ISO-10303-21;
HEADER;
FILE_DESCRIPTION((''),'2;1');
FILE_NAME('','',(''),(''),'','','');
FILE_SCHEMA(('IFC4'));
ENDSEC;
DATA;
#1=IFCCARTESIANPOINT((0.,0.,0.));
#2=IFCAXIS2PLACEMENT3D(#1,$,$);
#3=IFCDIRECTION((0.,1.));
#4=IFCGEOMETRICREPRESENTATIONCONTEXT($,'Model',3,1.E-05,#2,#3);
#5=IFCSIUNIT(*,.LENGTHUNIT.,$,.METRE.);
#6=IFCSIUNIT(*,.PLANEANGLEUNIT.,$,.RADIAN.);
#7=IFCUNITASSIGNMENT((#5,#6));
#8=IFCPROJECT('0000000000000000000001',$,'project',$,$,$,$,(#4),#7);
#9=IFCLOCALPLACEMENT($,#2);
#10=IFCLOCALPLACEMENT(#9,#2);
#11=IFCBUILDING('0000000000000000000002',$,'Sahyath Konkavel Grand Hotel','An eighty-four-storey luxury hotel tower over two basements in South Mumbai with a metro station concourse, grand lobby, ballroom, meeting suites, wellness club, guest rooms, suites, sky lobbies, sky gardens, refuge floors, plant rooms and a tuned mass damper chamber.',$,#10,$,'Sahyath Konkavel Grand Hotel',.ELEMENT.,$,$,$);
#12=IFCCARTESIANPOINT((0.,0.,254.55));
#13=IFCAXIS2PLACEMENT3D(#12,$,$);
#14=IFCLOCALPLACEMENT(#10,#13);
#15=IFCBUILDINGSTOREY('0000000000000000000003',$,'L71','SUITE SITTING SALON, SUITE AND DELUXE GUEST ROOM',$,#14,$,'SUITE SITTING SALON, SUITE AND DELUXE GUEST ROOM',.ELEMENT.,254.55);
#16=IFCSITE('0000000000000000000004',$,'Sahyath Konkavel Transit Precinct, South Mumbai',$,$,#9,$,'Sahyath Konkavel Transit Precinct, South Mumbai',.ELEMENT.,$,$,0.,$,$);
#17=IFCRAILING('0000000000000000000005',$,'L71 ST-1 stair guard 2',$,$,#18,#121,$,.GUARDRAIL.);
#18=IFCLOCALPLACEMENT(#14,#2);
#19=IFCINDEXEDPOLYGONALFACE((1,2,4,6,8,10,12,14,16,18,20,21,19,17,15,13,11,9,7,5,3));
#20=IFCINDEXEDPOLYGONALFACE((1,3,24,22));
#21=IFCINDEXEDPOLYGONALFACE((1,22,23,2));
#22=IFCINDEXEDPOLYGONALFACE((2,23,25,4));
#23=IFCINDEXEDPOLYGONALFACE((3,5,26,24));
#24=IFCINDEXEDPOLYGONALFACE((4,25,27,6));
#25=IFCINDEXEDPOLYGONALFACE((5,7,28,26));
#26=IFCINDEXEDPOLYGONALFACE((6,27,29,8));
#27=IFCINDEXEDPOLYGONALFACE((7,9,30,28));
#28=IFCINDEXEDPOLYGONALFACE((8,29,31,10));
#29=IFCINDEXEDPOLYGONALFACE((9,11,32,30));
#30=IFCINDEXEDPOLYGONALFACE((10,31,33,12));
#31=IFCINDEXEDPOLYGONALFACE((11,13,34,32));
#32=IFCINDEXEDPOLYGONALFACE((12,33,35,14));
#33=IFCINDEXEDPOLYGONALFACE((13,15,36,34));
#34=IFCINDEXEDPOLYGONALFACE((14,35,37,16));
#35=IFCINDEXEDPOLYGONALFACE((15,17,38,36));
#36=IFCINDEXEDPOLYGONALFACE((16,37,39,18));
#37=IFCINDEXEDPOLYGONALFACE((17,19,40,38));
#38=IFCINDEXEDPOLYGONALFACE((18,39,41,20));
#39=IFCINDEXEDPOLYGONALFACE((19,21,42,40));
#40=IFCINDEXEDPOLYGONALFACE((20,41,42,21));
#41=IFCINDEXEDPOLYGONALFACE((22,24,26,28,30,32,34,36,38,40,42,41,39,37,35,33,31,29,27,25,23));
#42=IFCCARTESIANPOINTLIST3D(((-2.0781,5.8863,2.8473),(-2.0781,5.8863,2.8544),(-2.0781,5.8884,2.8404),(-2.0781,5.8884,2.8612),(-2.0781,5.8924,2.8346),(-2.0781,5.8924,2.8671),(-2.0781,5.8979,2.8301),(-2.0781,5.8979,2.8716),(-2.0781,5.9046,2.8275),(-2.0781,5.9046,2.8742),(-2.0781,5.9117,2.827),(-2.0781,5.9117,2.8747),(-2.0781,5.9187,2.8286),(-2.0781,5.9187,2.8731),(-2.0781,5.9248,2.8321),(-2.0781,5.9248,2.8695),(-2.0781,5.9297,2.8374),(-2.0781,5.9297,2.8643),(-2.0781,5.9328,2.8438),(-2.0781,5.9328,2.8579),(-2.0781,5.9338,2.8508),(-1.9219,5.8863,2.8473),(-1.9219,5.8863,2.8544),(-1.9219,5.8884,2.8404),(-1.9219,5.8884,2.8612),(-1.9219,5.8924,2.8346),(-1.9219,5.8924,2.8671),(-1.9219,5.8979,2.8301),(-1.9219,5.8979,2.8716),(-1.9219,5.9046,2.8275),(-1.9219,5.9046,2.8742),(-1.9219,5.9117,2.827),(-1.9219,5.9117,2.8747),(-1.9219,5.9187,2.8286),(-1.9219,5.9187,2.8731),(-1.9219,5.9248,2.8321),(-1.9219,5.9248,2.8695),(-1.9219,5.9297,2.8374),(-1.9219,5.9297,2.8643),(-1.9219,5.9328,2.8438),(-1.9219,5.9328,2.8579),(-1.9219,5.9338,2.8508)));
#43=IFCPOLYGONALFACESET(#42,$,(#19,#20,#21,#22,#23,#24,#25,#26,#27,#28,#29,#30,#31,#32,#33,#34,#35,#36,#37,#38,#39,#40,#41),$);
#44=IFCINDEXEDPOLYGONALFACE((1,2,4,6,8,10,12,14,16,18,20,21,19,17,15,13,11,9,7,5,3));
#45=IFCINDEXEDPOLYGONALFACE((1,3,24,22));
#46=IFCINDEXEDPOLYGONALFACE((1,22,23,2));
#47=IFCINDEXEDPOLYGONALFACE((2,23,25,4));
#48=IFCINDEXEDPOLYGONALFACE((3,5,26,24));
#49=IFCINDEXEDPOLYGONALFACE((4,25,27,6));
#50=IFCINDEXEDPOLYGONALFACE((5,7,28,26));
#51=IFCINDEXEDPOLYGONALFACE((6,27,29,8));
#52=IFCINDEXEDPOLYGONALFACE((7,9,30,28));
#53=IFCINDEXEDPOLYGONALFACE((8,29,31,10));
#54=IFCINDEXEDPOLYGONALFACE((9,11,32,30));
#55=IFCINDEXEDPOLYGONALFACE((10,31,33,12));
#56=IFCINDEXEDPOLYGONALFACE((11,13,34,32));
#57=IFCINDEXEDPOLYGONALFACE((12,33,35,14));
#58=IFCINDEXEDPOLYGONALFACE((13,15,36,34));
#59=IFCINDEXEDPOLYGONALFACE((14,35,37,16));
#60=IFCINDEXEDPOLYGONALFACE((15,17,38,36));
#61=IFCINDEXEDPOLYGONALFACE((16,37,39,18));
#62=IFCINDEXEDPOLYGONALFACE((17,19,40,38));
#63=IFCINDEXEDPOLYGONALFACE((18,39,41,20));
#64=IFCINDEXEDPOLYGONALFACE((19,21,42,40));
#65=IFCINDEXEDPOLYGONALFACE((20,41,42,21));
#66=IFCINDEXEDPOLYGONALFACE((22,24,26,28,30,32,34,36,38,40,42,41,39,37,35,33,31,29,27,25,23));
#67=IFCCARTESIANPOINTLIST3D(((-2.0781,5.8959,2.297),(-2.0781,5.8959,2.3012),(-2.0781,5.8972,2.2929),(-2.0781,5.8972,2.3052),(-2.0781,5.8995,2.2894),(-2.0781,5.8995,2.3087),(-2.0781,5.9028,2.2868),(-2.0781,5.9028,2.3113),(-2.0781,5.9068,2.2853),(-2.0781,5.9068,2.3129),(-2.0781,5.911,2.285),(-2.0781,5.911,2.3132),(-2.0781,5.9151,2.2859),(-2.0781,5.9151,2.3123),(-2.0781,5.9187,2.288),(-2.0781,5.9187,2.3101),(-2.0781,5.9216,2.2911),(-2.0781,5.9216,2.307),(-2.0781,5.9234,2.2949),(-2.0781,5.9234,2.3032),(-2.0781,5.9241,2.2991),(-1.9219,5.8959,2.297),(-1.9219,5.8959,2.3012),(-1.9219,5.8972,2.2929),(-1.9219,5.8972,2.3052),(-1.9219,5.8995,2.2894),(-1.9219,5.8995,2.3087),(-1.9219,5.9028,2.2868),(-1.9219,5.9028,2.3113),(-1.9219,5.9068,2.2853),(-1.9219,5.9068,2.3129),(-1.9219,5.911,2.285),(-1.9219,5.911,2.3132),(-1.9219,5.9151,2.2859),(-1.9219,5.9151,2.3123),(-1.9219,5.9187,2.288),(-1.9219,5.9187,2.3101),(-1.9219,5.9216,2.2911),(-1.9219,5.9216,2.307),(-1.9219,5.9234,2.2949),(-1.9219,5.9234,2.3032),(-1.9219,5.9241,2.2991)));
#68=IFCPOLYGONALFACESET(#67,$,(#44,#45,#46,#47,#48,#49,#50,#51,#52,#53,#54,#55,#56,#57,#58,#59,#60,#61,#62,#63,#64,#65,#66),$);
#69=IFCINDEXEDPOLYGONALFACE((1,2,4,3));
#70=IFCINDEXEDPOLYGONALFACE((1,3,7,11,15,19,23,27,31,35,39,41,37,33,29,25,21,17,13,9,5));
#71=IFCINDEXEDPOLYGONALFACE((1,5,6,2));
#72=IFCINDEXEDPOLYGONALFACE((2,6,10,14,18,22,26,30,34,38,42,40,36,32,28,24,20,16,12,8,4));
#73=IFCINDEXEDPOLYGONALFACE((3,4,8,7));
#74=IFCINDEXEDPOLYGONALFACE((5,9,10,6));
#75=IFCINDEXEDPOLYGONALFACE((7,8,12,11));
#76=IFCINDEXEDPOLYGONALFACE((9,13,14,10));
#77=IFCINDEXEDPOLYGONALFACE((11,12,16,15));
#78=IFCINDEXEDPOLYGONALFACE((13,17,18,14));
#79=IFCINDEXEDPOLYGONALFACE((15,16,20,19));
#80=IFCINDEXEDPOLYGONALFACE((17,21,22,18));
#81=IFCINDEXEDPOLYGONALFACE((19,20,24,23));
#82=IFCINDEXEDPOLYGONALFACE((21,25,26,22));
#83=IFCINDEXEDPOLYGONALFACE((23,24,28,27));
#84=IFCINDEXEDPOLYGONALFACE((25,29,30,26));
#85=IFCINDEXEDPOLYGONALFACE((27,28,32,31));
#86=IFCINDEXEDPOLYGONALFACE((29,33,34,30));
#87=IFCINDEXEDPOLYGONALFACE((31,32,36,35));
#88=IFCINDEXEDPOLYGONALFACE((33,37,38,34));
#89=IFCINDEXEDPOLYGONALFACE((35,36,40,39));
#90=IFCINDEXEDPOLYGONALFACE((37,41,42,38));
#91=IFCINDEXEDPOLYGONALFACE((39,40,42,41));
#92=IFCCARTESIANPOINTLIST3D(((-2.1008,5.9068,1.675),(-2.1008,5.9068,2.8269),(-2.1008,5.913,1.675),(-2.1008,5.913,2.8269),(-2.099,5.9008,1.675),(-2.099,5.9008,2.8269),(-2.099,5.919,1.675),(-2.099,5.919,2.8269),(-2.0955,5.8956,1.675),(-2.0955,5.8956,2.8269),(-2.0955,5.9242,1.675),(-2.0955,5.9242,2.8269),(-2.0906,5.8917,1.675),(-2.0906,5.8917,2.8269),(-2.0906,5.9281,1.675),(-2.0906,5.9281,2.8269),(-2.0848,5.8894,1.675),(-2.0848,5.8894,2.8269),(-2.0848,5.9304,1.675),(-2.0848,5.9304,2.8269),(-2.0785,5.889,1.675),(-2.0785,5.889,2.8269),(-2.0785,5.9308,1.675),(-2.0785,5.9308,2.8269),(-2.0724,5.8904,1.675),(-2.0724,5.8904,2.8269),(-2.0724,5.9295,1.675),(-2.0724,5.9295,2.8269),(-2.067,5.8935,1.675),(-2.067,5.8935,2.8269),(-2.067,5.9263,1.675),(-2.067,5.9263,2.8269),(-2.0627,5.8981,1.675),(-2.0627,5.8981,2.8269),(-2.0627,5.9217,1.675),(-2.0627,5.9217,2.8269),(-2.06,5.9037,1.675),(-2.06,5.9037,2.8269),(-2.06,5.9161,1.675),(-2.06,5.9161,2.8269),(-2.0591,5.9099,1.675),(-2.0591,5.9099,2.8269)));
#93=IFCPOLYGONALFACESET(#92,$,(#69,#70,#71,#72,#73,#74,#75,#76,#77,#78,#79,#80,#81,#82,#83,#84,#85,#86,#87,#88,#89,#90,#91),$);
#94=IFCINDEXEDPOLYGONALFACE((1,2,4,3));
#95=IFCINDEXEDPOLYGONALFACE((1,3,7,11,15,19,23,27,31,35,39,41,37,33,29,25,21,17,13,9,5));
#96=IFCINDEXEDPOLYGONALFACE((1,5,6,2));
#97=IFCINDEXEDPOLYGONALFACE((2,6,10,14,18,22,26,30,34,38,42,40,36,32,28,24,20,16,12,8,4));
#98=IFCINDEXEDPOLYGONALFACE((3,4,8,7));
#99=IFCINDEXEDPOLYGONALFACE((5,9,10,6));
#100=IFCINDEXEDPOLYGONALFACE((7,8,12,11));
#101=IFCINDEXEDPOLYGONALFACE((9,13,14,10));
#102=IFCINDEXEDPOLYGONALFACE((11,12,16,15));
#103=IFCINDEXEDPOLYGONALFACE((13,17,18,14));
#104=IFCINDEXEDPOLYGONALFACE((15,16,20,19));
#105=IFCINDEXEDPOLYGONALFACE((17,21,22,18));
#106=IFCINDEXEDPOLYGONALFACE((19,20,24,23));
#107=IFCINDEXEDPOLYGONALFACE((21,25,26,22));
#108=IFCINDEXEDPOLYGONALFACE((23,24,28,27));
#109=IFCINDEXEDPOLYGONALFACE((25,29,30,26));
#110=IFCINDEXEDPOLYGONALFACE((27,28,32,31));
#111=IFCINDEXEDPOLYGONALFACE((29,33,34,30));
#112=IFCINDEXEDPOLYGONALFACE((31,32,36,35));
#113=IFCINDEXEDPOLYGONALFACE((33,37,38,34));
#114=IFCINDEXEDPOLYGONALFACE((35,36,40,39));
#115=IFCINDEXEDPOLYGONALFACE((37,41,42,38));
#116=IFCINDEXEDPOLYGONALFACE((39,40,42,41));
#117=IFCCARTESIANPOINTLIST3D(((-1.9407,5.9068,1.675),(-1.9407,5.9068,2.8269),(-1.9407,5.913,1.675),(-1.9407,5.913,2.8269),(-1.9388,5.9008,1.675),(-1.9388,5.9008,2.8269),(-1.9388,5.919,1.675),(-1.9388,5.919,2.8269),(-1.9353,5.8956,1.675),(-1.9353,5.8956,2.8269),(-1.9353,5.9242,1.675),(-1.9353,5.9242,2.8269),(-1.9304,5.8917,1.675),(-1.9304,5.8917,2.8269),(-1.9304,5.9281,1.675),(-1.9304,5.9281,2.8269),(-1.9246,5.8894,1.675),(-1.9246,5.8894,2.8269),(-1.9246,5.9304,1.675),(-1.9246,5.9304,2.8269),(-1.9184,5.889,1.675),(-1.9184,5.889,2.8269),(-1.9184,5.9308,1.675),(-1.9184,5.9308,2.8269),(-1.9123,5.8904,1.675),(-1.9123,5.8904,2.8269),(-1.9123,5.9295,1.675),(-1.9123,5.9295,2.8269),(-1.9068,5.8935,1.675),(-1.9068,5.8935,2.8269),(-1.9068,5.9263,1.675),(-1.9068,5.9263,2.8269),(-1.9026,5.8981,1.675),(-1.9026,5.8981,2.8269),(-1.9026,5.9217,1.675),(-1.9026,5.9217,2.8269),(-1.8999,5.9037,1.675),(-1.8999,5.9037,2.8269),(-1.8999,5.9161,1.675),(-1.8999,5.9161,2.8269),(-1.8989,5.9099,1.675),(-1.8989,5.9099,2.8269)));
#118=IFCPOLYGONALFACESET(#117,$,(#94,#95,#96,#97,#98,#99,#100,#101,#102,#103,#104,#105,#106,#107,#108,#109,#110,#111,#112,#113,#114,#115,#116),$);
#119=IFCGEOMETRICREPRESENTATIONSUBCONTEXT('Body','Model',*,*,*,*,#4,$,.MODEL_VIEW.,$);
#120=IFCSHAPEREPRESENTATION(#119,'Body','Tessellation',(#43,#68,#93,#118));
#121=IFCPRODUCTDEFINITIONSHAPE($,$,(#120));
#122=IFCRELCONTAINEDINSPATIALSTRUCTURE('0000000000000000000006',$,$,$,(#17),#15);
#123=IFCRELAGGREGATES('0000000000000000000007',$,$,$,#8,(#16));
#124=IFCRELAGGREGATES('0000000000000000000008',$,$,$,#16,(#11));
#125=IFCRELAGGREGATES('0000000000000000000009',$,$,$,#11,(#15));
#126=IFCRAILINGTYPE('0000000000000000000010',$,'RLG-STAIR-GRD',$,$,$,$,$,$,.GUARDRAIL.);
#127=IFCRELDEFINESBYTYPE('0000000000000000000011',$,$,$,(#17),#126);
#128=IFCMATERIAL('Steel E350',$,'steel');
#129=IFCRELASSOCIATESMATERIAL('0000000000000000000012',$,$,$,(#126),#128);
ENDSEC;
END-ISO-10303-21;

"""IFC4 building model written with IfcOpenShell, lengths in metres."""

from ifc_helpers import new_model, si_unit, direction, frame, origin, origin_2d, place, context, subcontext, project, spatial, circle, extrude, material, type_object, element, save


model = new_model("IFC4")

# Units and contexts
model_context = context("Model", 3, precision=1e-05, world=origin(), true_north=direction((0.0, 1.0)))
body_context = subcontext(model_context, "Body", "Model", "MODEL_VIEW")
ifc_project = project(units=[si_unit("LENGTHUNIT", "METRE"), si_unit("PLANEANGLEUNIT", "RADIAN")], contexts=[model_context])

# Site, building, storey
site_placement = place(None, origin())
site = spatial("IfcSite", under=ifc_project, at=site_placement, Name="Sahyath Konkavel Transit Precinct, South Mumbai", LongName="Sahyath Konkavel Transit Precinct, South Mumbai", CompositionType="ELEMENT", RefElevation=0.0)
building_placement = place(site_placement, origin())
building = spatial("IfcBuilding", under=site, at=building_placement, Name="Sahyath Konkavel Grand Hotel", Description="An eighty-four-storey luxury hotel tower over two basements in South Mumbai with a metro station concourse, grand lobby, ballroom, meeting suites, wellness club, guest rooms, suites, sky lobbies, sky gardens, refuge floors, plant rooms and a tuned mass damper chamber.", LongName="Sahyath Konkavel Grand Hotel", CompositionType="ELEMENT")
storey_placement = place(building_placement, frame((0.0, 0.0, 254.55)))
storey = spatial("IfcBuildingStorey", under=building, at=storey_placement, Name="L71", Description="SUITE SITTING SALON, SUITE AND DELUXE GUEST ROOM", LongName="SUITE SITTING SALON, SUITE AND DELUXE GUEST ROOM", CompositionType="ELEMENT", Elevation=254.55)

# Shared definitions
ifc_material_1 = material(Name="Steel E350", Category="steel")

# Railing
railing_type_1 = type_object("IfcRailingType", Name="RLG-STAIR-GRD", PredefinedType="GUARDRAIL", material=ifc_material_1)
railing_1_placement = place(storey_placement, frame((-2.0801, 5.9099, 1.675)))
element("IfcRailing", 1, at=railing_1_placement, inside=storey, type_object=railing_type_1, Name="L71 ST-1 stair guard 2", PredefinedType="GUARDRAIL", context=body_context, shape_type="SweptSolid", body=[
    extrude(circle(Radius=0.0239, at=origin_2d()), frame((0.002, 0.0, 1.1758), z_axis=(1.0, 0.0, 0.0), x_axis=(0.0, 1.0, 0.0)), (0.0, 0.0, 1.0), 0.1562),
    extrude(circle(Radius=0.0142, at=origin_2d()), frame((0.002, 0.0, 0.624), z_axis=(1.0, 0.0, 0.0), x_axis=(0.0, 1.0, 0.0)), (0.0, 0.0, 1.0), 0.1562),
    extrude(circle(Radius=0.021, at=origin_2d()), origin(), (0.0, 0.0, 1.0), 1.1519),
    extrude(circle(Radius=0.021, at=origin_2d()), frame((0.1602, 0.0, 0.0)), (0.0, 0.0, 1.0), 1.1519),
])

save(model, "model.ifc")
